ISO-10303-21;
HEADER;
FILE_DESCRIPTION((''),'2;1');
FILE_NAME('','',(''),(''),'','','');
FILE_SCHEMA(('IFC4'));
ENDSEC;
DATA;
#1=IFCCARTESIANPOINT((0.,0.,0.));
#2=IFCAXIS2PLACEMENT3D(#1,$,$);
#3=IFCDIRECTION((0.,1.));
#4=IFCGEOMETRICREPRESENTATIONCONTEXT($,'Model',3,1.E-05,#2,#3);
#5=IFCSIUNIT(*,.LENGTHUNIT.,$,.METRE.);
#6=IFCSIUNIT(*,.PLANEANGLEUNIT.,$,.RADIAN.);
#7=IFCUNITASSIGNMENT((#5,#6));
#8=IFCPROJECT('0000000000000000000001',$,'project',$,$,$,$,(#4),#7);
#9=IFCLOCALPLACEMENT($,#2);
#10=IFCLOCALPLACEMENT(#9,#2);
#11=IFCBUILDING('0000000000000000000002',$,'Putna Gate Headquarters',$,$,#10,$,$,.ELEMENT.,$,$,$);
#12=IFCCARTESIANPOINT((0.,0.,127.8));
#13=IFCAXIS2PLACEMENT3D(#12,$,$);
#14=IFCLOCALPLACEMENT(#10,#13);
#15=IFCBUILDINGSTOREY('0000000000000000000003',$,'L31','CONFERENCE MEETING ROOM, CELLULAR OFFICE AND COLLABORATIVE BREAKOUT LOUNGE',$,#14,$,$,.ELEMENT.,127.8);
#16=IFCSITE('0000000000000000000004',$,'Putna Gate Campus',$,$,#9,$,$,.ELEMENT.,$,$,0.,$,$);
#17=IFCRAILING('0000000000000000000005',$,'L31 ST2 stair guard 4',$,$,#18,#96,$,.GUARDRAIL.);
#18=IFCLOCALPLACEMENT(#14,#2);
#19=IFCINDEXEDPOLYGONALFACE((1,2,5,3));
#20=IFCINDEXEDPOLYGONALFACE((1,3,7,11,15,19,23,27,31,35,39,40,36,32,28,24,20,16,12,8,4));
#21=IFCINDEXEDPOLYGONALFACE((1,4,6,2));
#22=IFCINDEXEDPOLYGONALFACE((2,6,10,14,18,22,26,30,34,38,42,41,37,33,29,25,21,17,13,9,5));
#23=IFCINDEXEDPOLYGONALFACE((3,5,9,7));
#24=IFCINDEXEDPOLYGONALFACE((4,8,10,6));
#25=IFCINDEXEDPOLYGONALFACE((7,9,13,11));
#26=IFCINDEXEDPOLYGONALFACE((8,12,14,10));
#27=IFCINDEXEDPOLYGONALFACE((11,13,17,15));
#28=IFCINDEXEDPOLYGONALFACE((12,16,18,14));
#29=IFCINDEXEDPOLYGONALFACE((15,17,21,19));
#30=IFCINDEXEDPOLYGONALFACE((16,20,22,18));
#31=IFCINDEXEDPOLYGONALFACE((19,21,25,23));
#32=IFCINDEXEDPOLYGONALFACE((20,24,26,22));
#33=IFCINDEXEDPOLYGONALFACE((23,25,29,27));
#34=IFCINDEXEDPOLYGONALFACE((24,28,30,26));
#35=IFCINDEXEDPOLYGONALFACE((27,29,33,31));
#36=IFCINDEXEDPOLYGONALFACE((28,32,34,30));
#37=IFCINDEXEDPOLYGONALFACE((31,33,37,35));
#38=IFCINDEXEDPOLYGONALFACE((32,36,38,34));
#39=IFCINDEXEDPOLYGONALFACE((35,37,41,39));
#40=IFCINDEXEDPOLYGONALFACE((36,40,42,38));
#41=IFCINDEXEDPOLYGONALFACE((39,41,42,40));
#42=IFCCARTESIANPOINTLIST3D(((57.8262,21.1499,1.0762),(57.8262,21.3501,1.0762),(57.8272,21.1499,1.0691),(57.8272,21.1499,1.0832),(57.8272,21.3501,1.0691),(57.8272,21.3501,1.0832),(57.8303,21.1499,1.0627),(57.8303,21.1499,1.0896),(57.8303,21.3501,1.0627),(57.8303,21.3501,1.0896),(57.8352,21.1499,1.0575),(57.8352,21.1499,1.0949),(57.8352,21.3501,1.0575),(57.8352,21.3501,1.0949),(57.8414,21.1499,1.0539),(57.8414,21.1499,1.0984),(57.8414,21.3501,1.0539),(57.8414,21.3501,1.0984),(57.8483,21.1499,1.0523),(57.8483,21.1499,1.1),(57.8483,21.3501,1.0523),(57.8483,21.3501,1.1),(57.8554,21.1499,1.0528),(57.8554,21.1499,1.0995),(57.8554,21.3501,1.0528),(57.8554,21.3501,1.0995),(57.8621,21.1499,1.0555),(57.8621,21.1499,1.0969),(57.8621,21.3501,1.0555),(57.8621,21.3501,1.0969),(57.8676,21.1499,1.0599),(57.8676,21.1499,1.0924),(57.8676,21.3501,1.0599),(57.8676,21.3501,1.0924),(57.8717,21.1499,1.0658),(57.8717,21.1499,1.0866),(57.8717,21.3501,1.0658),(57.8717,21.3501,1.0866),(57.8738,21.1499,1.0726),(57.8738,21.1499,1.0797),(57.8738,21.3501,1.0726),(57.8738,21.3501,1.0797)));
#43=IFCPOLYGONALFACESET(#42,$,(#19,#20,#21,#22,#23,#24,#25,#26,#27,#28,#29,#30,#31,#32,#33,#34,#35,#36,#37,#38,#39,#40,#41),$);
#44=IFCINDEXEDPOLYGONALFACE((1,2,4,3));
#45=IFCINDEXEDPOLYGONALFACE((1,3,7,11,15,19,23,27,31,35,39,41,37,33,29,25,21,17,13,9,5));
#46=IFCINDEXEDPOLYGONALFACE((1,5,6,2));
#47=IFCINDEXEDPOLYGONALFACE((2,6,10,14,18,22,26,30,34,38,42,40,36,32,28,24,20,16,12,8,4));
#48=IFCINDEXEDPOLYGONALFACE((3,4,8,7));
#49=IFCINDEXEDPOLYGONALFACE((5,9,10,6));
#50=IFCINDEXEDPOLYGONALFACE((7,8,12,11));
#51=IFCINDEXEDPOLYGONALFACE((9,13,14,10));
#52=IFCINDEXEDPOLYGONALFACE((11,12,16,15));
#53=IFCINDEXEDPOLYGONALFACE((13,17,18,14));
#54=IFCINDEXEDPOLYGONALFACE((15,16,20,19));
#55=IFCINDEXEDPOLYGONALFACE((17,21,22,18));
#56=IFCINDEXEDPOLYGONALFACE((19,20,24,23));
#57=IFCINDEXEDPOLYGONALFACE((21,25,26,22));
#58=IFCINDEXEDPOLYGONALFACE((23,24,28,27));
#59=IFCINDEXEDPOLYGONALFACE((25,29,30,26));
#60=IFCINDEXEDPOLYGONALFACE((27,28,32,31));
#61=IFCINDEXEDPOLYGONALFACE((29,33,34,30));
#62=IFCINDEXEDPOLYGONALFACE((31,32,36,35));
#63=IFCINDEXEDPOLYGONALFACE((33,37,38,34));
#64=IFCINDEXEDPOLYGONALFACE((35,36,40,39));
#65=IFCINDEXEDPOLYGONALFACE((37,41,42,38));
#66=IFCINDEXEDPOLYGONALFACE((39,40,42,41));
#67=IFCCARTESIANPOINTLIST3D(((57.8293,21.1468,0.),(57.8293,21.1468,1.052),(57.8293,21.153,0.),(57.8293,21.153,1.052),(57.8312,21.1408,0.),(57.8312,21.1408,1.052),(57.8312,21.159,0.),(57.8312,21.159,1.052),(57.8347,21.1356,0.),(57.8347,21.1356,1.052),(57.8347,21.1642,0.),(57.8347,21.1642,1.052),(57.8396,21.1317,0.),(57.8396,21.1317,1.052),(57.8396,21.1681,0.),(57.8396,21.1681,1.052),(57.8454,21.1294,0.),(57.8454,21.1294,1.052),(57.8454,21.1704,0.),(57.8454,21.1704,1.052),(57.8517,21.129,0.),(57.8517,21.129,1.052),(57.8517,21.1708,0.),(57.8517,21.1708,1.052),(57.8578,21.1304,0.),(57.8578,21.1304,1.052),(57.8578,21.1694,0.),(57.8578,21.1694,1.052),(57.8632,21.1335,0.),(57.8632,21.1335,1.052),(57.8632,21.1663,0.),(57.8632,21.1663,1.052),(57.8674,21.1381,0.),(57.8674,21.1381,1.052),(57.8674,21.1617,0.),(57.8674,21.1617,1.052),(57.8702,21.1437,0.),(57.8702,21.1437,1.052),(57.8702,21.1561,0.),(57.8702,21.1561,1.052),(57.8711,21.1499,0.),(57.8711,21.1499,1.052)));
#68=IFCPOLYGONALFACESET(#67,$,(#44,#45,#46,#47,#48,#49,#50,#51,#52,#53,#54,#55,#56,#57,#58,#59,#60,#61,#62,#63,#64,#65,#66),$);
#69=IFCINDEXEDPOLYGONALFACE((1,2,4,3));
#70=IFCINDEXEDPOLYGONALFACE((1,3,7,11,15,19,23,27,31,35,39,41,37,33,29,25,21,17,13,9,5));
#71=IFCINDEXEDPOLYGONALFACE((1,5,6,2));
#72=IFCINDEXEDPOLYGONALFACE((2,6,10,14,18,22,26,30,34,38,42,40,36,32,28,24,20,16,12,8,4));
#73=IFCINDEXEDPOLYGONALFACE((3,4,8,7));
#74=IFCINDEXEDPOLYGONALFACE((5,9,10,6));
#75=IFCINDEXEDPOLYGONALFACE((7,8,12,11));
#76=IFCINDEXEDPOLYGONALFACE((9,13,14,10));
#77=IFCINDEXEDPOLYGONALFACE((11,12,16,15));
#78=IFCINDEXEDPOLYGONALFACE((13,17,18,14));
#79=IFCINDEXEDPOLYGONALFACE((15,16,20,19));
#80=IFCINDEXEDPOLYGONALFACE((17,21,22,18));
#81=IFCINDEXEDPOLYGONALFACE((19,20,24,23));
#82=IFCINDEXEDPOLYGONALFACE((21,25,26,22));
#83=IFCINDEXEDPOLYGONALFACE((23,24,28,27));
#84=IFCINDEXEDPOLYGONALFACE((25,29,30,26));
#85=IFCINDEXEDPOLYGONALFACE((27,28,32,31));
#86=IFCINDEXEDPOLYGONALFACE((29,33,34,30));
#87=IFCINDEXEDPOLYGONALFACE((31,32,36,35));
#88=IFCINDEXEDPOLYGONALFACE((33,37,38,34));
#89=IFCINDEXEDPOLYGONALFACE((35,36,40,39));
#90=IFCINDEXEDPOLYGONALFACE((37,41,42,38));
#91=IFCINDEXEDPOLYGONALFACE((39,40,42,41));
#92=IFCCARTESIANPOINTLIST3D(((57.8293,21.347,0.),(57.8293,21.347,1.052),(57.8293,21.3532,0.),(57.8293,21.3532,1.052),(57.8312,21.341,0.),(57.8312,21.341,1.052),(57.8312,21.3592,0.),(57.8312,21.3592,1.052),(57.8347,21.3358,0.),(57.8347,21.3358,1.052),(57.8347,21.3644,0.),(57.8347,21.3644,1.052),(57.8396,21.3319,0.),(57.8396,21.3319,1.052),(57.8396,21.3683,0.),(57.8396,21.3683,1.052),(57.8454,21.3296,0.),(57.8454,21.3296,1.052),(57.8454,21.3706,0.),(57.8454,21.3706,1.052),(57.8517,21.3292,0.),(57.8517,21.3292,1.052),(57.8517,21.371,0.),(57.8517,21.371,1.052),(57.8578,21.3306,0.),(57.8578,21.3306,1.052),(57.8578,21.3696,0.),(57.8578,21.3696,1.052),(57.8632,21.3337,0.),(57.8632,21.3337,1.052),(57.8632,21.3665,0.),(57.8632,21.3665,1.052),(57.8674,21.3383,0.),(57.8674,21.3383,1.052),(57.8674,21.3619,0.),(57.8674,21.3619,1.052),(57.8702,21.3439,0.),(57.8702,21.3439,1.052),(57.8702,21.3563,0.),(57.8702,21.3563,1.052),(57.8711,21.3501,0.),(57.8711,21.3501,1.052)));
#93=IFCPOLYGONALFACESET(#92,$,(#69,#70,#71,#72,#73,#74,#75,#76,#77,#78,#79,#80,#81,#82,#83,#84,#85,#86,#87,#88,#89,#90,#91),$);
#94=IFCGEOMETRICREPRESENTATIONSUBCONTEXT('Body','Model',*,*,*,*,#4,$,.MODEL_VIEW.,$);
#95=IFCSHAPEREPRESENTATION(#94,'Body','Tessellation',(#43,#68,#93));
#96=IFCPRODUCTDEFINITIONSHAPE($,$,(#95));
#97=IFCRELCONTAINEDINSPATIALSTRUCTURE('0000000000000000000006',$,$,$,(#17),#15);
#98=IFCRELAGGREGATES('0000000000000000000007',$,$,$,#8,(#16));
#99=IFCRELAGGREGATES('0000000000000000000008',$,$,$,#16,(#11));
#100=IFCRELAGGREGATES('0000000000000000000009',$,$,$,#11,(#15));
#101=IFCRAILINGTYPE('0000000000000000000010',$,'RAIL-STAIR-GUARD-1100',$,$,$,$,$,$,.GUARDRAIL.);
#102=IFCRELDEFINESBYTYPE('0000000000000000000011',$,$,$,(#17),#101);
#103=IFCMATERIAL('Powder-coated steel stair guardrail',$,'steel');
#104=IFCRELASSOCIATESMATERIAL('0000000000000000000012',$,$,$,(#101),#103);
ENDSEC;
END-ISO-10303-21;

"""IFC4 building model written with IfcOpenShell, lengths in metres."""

from ifc_helpers import new_model, si_unit, direction, frame, origin, origin_2d, place, context, subcontext, project, spatial, circle, extrude, material, type_object, element, save


model = new_model("IFC4")

# Units and contexts
model_context = context("Model", 3, precision=1e-05, world=origin(), true_north=direction((0.0, 1.0)))
body_context = subcontext(model_context, "Body", "Model", "MODEL_VIEW")
ifc_project = project(units=[si_unit("LENGTHUNIT", "METRE"), si_unit("PLANEANGLEUNIT", "RADIAN")], contexts=[model_context])

# Site, building, storey
site_placement = place(None, origin())
site = spatial("IfcSite", under=ifc_project, at=site_placement, Name="Putna Gate Campus", CompositionType="ELEMENT", RefElevation=0.0)
building_placement = place(site_placement, origin())
building = spatial("IfcBuilding", under=site, at=building_placement, Name="Putna Gate Headquarters", CompositionType="ELEMENT")
storey_placement = place(building_placement, frame((0.0, 0.0, 127.8)))
storey = spatial("IfcBuildingStorey", under=building, at=storey_placement, Name="L31", Description="CONFERENCE MEETING ROOM, CELLULAR OFFICE AND COLLABORATIVE BREAKOUT LOUNGE", CompositionType="ELEMENT", Elevation=127.8)

# Railing
ifc_material_1 = material(Name="Powder-coated steel stair guardrail", Category="steel")
railing_type_1 = type_object("IfcRailingType", Name="RAIL-STAIR-GUARD-1100", PredefinedType="GUARDRAIL", material=ifc_material_1)
railing_1_placement = place(storey_placement, frame((57.8501, 21.1499, 0.0)))
element("IfcRailing", 1, at=railing_1_placement, inside=storey, type_object=railing_type_1, Name="L31 ST2 stair guard 4", PredefinedType="GUARDRAIL", context=body_context, shape_type="SweptSolid", body=[
    extrude(circle(Radius=0.0239, at=origin_2d()), frame((0.0, 0.0, 1.0762), z_axis=(0.0, 1.0, 0.0), x_axis=(-1.0, 0.0, 0.0)), (0.0, 0.0, 1.0), 0.2002),
    extrude(circle(Radius=0.021, at=origin_2d()), origin(), (0.0, 0.0, 1.0), 1.052),
    extrude(circle(Radius=0.021, at=origin_2d()), frame((0.0, 0.2002, 0.0)), (0.0, 0.0, 1.0), 1.052),
])

save(model, "model.ifc")
